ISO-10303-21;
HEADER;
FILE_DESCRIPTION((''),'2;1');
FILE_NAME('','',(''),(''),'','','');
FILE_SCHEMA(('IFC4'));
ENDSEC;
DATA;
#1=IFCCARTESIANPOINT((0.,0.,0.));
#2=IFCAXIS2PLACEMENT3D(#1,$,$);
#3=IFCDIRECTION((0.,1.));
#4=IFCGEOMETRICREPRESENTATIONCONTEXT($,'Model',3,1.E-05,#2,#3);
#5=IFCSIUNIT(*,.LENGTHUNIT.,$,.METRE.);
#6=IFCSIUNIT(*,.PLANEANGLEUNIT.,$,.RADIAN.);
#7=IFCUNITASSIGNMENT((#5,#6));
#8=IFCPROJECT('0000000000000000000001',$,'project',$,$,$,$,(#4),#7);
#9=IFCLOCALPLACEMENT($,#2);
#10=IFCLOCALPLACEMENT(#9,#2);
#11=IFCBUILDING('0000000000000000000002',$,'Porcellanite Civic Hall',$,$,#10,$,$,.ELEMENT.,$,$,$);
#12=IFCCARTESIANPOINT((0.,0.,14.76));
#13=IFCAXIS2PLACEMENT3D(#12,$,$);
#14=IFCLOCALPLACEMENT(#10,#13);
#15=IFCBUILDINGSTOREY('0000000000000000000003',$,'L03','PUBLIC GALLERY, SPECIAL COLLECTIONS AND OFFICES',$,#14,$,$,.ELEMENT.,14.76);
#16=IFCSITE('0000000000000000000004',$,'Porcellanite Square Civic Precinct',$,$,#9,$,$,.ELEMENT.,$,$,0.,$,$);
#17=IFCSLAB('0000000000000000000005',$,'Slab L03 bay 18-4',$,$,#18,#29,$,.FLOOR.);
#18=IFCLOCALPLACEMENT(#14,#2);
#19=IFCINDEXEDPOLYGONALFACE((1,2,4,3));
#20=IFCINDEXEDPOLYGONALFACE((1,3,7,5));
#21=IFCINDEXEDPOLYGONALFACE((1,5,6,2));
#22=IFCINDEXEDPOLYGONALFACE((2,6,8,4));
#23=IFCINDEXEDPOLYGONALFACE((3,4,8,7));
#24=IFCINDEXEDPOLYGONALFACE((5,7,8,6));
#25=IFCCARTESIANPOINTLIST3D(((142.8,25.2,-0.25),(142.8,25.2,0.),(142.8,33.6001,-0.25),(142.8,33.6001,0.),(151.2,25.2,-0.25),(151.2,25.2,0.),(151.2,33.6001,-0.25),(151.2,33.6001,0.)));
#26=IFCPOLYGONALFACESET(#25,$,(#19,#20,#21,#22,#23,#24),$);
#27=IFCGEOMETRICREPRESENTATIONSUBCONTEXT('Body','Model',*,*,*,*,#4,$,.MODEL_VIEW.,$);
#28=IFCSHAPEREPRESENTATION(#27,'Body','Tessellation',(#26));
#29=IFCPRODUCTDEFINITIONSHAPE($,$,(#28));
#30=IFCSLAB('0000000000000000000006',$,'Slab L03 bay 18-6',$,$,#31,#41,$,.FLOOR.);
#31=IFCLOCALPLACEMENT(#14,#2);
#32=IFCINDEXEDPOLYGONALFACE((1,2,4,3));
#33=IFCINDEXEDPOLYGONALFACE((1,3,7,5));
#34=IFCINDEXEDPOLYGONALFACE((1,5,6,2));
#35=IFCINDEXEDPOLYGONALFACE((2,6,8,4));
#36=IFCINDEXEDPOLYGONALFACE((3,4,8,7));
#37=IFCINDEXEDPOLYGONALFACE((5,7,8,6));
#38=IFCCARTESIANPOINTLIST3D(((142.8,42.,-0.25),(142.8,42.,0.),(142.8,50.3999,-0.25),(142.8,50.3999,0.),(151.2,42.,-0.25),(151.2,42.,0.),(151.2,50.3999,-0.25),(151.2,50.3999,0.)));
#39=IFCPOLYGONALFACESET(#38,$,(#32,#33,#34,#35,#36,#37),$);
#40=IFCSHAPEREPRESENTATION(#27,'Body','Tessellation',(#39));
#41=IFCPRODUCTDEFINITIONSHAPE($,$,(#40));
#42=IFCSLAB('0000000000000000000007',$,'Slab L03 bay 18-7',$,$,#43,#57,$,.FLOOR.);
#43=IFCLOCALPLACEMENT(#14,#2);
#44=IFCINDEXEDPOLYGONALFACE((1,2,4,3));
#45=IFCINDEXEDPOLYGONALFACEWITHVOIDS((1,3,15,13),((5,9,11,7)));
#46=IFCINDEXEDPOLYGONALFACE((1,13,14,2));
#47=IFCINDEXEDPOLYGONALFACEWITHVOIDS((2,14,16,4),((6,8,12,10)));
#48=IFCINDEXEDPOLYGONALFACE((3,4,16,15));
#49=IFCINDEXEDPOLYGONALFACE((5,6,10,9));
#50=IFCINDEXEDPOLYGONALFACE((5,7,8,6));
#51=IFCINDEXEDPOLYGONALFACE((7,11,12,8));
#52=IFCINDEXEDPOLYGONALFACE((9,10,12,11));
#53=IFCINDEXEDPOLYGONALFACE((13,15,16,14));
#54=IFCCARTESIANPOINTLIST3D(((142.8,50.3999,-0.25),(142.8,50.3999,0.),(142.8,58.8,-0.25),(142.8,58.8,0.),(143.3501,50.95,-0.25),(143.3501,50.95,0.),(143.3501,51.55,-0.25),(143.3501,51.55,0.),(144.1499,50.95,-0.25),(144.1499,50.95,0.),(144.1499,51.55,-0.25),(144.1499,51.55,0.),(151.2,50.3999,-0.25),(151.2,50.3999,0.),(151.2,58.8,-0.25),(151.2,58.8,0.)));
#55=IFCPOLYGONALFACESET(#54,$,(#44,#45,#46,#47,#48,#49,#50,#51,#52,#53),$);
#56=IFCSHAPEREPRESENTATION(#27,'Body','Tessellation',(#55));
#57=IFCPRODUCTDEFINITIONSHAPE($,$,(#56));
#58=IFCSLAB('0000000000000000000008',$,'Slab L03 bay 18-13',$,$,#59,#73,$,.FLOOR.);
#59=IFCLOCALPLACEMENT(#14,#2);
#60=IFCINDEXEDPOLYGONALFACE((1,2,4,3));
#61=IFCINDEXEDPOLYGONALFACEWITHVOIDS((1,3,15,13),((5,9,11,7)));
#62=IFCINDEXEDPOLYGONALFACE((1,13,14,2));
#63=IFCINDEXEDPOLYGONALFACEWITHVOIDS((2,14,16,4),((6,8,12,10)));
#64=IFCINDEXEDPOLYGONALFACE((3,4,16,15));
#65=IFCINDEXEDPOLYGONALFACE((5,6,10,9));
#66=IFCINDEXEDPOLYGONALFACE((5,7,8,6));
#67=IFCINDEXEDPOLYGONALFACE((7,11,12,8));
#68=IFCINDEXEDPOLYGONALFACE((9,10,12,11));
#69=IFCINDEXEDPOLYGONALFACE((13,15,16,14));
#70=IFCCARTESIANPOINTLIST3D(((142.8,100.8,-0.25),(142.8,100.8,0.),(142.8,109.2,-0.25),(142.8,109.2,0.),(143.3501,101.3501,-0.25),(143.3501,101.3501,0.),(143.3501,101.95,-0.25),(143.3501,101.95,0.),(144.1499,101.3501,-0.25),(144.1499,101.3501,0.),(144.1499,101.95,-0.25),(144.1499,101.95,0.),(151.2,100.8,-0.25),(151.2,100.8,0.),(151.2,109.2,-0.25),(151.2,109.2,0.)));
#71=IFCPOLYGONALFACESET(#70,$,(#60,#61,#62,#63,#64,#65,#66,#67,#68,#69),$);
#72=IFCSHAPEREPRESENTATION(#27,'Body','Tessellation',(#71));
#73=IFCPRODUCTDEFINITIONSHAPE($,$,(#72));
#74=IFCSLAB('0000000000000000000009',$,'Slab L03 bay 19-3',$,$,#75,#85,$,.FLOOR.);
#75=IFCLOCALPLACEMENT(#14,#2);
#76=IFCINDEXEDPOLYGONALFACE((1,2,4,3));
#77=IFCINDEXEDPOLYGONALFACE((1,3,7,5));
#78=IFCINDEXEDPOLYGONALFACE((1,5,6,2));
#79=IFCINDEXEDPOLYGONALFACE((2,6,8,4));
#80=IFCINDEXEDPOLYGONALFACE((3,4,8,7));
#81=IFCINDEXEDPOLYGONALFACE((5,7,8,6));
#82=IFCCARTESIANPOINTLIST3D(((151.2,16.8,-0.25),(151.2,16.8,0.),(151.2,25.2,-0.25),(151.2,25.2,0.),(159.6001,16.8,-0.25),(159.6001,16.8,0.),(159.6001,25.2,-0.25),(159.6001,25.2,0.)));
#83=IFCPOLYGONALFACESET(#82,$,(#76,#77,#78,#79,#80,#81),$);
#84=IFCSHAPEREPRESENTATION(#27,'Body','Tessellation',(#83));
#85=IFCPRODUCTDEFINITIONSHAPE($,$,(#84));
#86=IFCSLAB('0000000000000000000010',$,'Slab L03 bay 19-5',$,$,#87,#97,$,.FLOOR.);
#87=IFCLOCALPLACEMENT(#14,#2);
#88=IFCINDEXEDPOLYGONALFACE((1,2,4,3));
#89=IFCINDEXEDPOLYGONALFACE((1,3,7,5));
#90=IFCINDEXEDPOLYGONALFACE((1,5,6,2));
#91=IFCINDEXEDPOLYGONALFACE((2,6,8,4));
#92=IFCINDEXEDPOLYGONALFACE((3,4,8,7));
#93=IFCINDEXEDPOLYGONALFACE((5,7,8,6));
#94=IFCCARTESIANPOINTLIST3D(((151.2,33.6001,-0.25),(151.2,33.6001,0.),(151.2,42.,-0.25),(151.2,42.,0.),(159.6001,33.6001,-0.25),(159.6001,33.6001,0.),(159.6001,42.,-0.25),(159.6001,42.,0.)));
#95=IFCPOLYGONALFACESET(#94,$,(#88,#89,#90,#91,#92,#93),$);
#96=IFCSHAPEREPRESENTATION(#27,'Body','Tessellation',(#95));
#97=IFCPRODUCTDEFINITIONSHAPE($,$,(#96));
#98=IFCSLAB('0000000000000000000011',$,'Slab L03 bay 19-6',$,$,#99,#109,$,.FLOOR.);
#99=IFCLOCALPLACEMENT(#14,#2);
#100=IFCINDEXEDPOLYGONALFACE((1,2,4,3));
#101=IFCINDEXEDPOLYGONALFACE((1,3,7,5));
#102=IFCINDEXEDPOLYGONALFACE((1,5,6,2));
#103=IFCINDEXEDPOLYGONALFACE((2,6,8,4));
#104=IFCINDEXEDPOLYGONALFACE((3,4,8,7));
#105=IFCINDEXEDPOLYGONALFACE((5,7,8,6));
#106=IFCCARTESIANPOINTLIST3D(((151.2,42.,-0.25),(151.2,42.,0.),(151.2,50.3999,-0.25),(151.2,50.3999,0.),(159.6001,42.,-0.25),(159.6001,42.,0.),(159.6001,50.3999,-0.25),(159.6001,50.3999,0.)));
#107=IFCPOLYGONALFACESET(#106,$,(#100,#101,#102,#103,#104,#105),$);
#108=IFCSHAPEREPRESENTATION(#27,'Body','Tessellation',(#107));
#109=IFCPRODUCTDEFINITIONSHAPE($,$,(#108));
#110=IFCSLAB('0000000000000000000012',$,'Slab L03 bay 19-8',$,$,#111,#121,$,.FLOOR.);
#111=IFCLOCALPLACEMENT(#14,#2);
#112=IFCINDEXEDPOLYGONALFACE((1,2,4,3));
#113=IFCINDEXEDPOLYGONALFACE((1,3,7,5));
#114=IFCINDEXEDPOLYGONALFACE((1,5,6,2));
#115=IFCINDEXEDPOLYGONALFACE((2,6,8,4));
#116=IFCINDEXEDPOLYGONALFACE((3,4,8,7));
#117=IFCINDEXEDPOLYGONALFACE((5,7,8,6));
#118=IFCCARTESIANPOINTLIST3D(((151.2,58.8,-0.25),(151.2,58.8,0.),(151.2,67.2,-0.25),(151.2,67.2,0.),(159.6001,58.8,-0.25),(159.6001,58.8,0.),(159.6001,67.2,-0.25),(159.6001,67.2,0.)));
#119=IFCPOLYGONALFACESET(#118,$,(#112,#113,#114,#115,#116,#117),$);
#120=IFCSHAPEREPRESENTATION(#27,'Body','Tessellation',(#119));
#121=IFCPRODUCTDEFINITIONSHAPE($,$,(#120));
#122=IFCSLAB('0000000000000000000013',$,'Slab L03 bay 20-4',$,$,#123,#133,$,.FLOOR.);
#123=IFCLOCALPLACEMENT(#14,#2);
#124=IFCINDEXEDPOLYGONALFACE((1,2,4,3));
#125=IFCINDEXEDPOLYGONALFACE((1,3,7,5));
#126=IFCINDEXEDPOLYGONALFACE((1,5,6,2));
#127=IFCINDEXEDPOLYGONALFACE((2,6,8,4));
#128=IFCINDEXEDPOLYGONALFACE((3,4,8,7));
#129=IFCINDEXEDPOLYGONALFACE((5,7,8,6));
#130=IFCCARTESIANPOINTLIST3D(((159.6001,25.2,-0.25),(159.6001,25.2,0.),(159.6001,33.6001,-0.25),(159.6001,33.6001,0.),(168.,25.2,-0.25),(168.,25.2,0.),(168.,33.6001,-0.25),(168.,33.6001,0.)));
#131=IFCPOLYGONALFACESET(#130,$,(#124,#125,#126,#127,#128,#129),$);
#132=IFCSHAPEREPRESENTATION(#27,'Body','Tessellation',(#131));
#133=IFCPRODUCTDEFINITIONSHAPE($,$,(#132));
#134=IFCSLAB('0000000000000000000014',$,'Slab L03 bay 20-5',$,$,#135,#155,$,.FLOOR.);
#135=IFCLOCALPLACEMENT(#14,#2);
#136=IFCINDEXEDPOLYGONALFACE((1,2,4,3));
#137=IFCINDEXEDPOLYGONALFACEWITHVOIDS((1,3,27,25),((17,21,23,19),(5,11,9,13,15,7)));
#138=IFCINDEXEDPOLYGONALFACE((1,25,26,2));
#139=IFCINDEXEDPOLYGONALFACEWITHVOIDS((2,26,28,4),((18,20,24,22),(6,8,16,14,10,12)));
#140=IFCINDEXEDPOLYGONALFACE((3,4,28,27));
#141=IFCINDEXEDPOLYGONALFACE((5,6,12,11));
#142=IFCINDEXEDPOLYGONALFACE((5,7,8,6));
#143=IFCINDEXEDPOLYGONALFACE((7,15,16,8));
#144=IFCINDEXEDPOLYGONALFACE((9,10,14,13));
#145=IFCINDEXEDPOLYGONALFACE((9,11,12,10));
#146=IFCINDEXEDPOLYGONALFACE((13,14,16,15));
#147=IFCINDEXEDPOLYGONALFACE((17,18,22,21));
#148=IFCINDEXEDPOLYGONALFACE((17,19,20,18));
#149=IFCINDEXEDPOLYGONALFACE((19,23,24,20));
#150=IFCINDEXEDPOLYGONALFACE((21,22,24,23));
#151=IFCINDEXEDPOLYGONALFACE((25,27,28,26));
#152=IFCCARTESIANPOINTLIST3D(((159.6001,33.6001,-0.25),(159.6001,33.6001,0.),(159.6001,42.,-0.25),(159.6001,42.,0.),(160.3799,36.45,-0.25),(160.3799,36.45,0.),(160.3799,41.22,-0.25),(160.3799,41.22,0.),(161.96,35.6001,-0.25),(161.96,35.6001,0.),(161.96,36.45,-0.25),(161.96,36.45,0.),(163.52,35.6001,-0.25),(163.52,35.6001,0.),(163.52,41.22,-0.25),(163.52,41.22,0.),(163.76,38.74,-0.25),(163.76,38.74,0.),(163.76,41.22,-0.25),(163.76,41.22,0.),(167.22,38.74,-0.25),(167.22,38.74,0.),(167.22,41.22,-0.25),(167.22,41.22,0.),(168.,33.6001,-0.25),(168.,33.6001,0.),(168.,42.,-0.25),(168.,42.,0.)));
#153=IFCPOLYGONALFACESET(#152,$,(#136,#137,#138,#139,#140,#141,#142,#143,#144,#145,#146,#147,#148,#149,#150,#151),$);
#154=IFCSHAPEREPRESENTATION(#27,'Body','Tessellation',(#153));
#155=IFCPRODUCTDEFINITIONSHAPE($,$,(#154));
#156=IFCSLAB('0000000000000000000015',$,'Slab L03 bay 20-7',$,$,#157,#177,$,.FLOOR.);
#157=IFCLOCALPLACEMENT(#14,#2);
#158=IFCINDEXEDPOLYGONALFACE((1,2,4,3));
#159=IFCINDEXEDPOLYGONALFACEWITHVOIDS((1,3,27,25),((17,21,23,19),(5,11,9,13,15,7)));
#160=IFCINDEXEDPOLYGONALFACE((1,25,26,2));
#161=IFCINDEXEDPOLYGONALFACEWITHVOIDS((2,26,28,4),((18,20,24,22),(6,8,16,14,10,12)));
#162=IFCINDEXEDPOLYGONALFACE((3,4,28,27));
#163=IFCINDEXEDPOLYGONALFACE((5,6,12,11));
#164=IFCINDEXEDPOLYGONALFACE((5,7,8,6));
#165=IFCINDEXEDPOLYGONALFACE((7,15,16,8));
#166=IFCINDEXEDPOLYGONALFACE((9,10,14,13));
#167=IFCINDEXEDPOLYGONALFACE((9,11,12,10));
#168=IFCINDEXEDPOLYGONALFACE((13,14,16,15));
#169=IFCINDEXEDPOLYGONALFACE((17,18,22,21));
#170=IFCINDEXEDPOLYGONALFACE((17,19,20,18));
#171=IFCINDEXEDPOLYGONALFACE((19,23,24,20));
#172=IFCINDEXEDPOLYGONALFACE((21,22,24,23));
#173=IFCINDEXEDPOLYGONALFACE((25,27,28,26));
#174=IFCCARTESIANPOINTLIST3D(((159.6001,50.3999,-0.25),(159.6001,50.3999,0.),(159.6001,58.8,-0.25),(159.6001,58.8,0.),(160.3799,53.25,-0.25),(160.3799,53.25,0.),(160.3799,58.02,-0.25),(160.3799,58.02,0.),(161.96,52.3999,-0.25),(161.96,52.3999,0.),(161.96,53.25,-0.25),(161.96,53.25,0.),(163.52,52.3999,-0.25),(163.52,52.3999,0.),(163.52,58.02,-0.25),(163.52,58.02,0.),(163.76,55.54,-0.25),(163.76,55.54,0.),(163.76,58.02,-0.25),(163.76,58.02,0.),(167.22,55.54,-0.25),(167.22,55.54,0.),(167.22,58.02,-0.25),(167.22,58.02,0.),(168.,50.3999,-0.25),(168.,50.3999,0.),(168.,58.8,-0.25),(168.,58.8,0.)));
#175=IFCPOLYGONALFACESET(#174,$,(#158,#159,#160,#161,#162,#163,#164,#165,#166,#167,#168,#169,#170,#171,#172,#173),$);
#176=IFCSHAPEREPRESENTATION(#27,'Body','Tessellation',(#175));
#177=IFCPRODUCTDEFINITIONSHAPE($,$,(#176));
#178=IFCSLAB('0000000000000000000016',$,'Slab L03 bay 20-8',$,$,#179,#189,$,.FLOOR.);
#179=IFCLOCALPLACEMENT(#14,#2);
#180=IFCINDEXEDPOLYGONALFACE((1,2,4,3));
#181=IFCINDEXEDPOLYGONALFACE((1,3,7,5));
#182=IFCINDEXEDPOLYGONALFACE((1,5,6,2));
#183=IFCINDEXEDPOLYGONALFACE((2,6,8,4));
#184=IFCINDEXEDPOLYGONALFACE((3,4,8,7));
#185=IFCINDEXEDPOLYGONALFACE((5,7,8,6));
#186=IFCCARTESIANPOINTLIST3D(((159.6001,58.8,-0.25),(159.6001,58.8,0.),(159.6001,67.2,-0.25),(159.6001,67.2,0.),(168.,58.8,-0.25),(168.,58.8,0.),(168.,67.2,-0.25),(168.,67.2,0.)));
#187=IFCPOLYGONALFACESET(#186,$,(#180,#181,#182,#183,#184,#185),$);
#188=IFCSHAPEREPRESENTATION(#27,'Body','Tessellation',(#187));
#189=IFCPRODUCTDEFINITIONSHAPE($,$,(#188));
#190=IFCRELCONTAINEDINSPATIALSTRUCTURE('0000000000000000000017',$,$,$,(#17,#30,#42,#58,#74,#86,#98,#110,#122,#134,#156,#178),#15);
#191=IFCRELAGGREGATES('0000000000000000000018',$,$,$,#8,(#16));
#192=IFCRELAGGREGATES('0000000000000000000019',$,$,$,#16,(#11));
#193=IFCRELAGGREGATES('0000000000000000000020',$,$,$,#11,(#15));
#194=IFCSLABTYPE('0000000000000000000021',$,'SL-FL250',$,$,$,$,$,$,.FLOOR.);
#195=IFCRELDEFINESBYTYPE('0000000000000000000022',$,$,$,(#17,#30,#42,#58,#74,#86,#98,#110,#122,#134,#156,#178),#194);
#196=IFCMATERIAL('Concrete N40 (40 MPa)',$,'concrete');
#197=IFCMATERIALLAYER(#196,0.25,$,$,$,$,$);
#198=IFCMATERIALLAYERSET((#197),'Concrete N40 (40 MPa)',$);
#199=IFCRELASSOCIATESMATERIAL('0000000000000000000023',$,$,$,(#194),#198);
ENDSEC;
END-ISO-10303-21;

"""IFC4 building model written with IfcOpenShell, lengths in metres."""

from ifc_helpers import new_model, si_unit, direction, frame, origin, place, context, subcontext, project, spatial, polyline, outline, extrude, material, layer, layer_set, type_object, element, save


model = new_model("IFC4")

# Units and contexts
model_context = context("Model", 3, precision=1e-05, world=origin(), true_north=direction((0.0, 1.0)))
body_context = subcontext(model_context, "Body", "Model", "MODEL_VIEW")
ifc_project = project(units=[si_unit("LENGTHUNIT", "METRE"), si_unit("PLANEANGLEUNIT", "RADIAN")], contexts=[model_context])

# Site, building, storey
site_placement = place(None, origin())
site = spatial("IfcSite", under=ifc_project, at=site_placement, Name="Porcellanite Square Civic Precinct", CompositionType="ELEMENT", RefElevation=0.0)
building_placement = place(site_placement, origin())
building = spatial("IfcBuilding", under=site, at=building_placement, Name="Porcellanite Civic Hall", CompositionType="ELEMENT")
storey_placement = place(building_placement, frame((0.0, 0.0, 14.76)))
storey = spatial("IfcBuildingStorey", under=building, at=storey_placement, Name="L03", Description="PUBLIC GALLERY, SPECIAL COLLECTIONS AND OFFICES", CompositionType="ELEMENT", Elevation=14.76)

# Slabs
ifc_material = material(Name="Concrete N40 (40 MPa)", Category="concrete")
ifc_layer = layer(ifc_material, 0.25)
ifc_layer_set = layer_set([ifc_layer], Name="Concrete N40 (40 MPa)")
slab_type = type_object("IfcSlabType", Name="SL-FL250", PredefinedType="FLOOR", material=ifc_layer_set)
slab_1_placement = place(storey_placement, frame((0.0, 0.0, -0.25)))
element("IfcSlab", 1, at=slab_1_placement, inside=storey, type_object=slab_type, Name="Slab L03 bay 18-4", PredefinedType="FLOOR", context=body_context, shape_type="SweptSolid", body=[
    extrude(outline(polyline([(142.8, 25.2), (151.2, 25.2), (151.2, 33.6001), (142.8, 33.6001), (142.8, 25.2)])), origin(), (0.0, 0.0, 1.0), 0.25),
])
slab_2_placement = place(storey_placement, frame((0.0, 0.0, -0.25)))
element("IfcSlab", 2, at=slab_2_placement, inside=storey, type_object=slab_type, Name="Slab L03 bay 18-6", PredefinedType="FLOOR", context=body_context, shape_type="SweptSolid", body=[
    extrude(outline(polyline([(142.8, 42.0), (151.2, 42.0), (151.2, 50.3999), (142.8, 50.3999), (142.8, 42.0)])), origin(), (0.0, 0.0, 1.0), 0.25),
])
slab_3_placement = place(storey_placement, frame((0.0, 0.0, -0.25)))
element("IfcSlab", 3, at=slab_3_placement, inside=storey, type_object=slab_type, Name="Slab L03 bay 18-7", PredefinedType="FLOOR", context=body_context, shape_type="SweptSolid", body=[
    extrude(outline(polyline([(142.8, 50.3999), (151.2, 50.3999), (151.2, 58.8), (142.8, 58.8), (142.8, 50.3999)]), holes=[polyline([(143.3501, 50.95), (144.1499, 50.95), (144.1499, 51.55), (143.3501, 51.55), (143.3501, 50.95)])]), origin(), (0.0, 0.0, 1.0), 0.25),
])
slab_4_placement = place(storey_placement, frame((0.0, 0.0, -0.25)))
element("IfcSlab", 4, at=slab_4_placement, inside=storey, type_object=slab_type, Name="Slab L03 bay 18-13", PredefinedType="FLOOR", context=body_context, shape_type="SweptSolid", body=[
    extrude(outline(polyline([(142.8, 100.8), (151.2, 100.8), (151.2, 109.2), (142.8, 109.2), (142.8, 100.8)]), holes=[polyline([(143.3501, 101.3501), (144.1499, 101.3501), (144.1499, 101.95), (143.3501, 101.95), (143.3501, 101.3501)])]), origin(), (0.0, 0.0, 1.0), 0.25),
])
slab_5_placement = place(storey_placement, frame((0.0, 0.0, -0.25)))
element("IfcSlab", 5, at=slab_5_placement, inside=storey, type_object=slab_type, Name="Slab L03 bay 19-3", PredefinedType="FLOOR", context=body_context, shape_type="SweptSolid", body=[
    extrude(outline(polyline([(151.2, 16.8), (159.6001, 16.8), (159.6001, 25.2), (151.2, 25.2), (151.2, 16.8)])), origin(), (0.0, 0.0, 1.0), 0.25),
])
slab_6_placement = place(storey_placement, frame((0.0, 0.0, -0.25)))
element("IfcSlab", 6, at=slab_6_placement, inside=storey, type_object=slab_type, Name="Slab L03 bay 19-5", PredefinedType="FLOOR", context=body_context, shape_type="SweptSolid", body=[
    extrude(outline(polyline([(151.2, 33.6001), (159.6001, 33.6001), (159.6001, 42.0), (151.2, 42.0), (151.2, 33.6001)])), origin(), (0.0, 0.0, 1.0), 0.25),
])
slab_7_placement = place(storey_placement, frame((0.0, 0.0, -0.25)))
element("IfcSlab", 7, at=slab_7_placement, inside=storey, type_object=slab_type, Name="Slab L03 bay 19-6", PredefinedType="FLOOR", context=body_context, shape_type="SweptSolid", body=[
    extrude(outline(polyline([(151.2, 42.0), (159.6001, 42.0), (159.6001, 50.3999), (151.2, 50.3999), (151.2, 42.0)])), origin(), (0.0, 0.0, 1.0), 0.25),
])
slab_8_placement = place(storey_placement, frame((0.0, 0.0, -0.25)))
element("IfcSlab", 8, at=slab_8_placement, inside=storey, type_object=slab_type, Name="Slab L03 bay 19-8", PredefinedType="FLOOR", context=body_context, shape_type="SweptSolid", body=[
    extrude(outline(polyline([(151.2, 58.8), (159.6001, 58.8), (159.6001, 67.2), (151.2, 67.2), (151.2, 58.8)])), origin(), (0.0, 0.0, 1.0), 0.25),
])
slab_9_placement = place(storey_placement, frame((0.0, 0.0, -0.25)))
element("IfcSlab", 9, at=slab_9_placement, inside=storey, type_object=slab_type, Name="Slab L03 bay 20-4", PredefinedType="FLOOR", context=body_context, shape_type="SweptSolid", body=[
    extrude(outline(polyline([(159.6001, 25.2), (168.0, 25.2), (168.0, 33.6001), (159.6001, 33.6001), (159.6001, 25.2)])), origin(), (0.0, 0.0, 1.0), 0.25),
])
slab_10_placement = place(storey_placement, frame((0.0, 0.0, -0.25)))
element("IfcSlab", 10, at=slab_10_placement, inside=storey, type_object=slab_type, Name="Slab L03 bay 20-5", PredefinedType="FLOOR", context=body_context, shape_type="SweptSolid", body=[
    extrude(outline(polyline([(159.6001, 33.6001), (168.0, 33.6001), (168.0, 42.0), (159.6001, 42.0), (159.6001, 33.6001)]), holes=[polyline([(160.3799, 36.45), (161.96, 36.45), (161.96, 35.6001), (163.52, 35.6001), (163.52, 41.22), (160.3799, 41.22), (160.3799, 36.45)]), polyline([(163.76, 38.74), (167.22, 38.74), (167.22, 41.22), (163.76, 41.22), (163.76, 38.74)])]), origin(), (0.0, 0.0, 1.0), 0.25),
])
slab_11_placement = place(storey_placement, frame((0.0, 0.0, -0.25)))
element("IfcSlab", 11, at=slab_11_placement, inside=storey, type_object=slab_type, Name="Slab L03 bay 20-7", PredefinedType="FLOOR", context=body_context, shape_type="SweptSolid", body=[
    extrude(outline(polyline([(159.6001, 50.3999), (168.0, 50.3999), (168.0, 58.8), (159.6001, 58.8), (159.6001, 50.3999)]), holes=[polyline([(160.3799, 53.25), (161.96, 53.25), (161.96, 52.3999), (163.52, 52.3999), (163.52, 58.02), (160.3799, 58.02), (160.3799, 53.25)]), polyline([(163.76, 55.54), (167.22, 55.54), (167.22, 58.02), (163.76, 58.02), (163.76, 55.54)])]), origin(), (0.0, 0.0, 1.0), 0.25),
])
slab_12_placement = place(storey_placement, frame((0.0, 0.0, -0.25)))
element("IfcSlab", 12, at=slab_12_placement, inside=storey, type_object=slab_type, Name="Slab L03 bay 20-8", PredefinedType="FLOOR", context=body_context, shape_type="SweptSolid", body=[
    extrude(outline(polyline([(159.6001, 58.8), (168.0, 58.8), (168.0, 67.2), (159.6001, 67.2), (159.6001, 58.8)])), origin(), (0.0, 0.0, 1.0), 0.25),
])

save(model, "model.ifc")
